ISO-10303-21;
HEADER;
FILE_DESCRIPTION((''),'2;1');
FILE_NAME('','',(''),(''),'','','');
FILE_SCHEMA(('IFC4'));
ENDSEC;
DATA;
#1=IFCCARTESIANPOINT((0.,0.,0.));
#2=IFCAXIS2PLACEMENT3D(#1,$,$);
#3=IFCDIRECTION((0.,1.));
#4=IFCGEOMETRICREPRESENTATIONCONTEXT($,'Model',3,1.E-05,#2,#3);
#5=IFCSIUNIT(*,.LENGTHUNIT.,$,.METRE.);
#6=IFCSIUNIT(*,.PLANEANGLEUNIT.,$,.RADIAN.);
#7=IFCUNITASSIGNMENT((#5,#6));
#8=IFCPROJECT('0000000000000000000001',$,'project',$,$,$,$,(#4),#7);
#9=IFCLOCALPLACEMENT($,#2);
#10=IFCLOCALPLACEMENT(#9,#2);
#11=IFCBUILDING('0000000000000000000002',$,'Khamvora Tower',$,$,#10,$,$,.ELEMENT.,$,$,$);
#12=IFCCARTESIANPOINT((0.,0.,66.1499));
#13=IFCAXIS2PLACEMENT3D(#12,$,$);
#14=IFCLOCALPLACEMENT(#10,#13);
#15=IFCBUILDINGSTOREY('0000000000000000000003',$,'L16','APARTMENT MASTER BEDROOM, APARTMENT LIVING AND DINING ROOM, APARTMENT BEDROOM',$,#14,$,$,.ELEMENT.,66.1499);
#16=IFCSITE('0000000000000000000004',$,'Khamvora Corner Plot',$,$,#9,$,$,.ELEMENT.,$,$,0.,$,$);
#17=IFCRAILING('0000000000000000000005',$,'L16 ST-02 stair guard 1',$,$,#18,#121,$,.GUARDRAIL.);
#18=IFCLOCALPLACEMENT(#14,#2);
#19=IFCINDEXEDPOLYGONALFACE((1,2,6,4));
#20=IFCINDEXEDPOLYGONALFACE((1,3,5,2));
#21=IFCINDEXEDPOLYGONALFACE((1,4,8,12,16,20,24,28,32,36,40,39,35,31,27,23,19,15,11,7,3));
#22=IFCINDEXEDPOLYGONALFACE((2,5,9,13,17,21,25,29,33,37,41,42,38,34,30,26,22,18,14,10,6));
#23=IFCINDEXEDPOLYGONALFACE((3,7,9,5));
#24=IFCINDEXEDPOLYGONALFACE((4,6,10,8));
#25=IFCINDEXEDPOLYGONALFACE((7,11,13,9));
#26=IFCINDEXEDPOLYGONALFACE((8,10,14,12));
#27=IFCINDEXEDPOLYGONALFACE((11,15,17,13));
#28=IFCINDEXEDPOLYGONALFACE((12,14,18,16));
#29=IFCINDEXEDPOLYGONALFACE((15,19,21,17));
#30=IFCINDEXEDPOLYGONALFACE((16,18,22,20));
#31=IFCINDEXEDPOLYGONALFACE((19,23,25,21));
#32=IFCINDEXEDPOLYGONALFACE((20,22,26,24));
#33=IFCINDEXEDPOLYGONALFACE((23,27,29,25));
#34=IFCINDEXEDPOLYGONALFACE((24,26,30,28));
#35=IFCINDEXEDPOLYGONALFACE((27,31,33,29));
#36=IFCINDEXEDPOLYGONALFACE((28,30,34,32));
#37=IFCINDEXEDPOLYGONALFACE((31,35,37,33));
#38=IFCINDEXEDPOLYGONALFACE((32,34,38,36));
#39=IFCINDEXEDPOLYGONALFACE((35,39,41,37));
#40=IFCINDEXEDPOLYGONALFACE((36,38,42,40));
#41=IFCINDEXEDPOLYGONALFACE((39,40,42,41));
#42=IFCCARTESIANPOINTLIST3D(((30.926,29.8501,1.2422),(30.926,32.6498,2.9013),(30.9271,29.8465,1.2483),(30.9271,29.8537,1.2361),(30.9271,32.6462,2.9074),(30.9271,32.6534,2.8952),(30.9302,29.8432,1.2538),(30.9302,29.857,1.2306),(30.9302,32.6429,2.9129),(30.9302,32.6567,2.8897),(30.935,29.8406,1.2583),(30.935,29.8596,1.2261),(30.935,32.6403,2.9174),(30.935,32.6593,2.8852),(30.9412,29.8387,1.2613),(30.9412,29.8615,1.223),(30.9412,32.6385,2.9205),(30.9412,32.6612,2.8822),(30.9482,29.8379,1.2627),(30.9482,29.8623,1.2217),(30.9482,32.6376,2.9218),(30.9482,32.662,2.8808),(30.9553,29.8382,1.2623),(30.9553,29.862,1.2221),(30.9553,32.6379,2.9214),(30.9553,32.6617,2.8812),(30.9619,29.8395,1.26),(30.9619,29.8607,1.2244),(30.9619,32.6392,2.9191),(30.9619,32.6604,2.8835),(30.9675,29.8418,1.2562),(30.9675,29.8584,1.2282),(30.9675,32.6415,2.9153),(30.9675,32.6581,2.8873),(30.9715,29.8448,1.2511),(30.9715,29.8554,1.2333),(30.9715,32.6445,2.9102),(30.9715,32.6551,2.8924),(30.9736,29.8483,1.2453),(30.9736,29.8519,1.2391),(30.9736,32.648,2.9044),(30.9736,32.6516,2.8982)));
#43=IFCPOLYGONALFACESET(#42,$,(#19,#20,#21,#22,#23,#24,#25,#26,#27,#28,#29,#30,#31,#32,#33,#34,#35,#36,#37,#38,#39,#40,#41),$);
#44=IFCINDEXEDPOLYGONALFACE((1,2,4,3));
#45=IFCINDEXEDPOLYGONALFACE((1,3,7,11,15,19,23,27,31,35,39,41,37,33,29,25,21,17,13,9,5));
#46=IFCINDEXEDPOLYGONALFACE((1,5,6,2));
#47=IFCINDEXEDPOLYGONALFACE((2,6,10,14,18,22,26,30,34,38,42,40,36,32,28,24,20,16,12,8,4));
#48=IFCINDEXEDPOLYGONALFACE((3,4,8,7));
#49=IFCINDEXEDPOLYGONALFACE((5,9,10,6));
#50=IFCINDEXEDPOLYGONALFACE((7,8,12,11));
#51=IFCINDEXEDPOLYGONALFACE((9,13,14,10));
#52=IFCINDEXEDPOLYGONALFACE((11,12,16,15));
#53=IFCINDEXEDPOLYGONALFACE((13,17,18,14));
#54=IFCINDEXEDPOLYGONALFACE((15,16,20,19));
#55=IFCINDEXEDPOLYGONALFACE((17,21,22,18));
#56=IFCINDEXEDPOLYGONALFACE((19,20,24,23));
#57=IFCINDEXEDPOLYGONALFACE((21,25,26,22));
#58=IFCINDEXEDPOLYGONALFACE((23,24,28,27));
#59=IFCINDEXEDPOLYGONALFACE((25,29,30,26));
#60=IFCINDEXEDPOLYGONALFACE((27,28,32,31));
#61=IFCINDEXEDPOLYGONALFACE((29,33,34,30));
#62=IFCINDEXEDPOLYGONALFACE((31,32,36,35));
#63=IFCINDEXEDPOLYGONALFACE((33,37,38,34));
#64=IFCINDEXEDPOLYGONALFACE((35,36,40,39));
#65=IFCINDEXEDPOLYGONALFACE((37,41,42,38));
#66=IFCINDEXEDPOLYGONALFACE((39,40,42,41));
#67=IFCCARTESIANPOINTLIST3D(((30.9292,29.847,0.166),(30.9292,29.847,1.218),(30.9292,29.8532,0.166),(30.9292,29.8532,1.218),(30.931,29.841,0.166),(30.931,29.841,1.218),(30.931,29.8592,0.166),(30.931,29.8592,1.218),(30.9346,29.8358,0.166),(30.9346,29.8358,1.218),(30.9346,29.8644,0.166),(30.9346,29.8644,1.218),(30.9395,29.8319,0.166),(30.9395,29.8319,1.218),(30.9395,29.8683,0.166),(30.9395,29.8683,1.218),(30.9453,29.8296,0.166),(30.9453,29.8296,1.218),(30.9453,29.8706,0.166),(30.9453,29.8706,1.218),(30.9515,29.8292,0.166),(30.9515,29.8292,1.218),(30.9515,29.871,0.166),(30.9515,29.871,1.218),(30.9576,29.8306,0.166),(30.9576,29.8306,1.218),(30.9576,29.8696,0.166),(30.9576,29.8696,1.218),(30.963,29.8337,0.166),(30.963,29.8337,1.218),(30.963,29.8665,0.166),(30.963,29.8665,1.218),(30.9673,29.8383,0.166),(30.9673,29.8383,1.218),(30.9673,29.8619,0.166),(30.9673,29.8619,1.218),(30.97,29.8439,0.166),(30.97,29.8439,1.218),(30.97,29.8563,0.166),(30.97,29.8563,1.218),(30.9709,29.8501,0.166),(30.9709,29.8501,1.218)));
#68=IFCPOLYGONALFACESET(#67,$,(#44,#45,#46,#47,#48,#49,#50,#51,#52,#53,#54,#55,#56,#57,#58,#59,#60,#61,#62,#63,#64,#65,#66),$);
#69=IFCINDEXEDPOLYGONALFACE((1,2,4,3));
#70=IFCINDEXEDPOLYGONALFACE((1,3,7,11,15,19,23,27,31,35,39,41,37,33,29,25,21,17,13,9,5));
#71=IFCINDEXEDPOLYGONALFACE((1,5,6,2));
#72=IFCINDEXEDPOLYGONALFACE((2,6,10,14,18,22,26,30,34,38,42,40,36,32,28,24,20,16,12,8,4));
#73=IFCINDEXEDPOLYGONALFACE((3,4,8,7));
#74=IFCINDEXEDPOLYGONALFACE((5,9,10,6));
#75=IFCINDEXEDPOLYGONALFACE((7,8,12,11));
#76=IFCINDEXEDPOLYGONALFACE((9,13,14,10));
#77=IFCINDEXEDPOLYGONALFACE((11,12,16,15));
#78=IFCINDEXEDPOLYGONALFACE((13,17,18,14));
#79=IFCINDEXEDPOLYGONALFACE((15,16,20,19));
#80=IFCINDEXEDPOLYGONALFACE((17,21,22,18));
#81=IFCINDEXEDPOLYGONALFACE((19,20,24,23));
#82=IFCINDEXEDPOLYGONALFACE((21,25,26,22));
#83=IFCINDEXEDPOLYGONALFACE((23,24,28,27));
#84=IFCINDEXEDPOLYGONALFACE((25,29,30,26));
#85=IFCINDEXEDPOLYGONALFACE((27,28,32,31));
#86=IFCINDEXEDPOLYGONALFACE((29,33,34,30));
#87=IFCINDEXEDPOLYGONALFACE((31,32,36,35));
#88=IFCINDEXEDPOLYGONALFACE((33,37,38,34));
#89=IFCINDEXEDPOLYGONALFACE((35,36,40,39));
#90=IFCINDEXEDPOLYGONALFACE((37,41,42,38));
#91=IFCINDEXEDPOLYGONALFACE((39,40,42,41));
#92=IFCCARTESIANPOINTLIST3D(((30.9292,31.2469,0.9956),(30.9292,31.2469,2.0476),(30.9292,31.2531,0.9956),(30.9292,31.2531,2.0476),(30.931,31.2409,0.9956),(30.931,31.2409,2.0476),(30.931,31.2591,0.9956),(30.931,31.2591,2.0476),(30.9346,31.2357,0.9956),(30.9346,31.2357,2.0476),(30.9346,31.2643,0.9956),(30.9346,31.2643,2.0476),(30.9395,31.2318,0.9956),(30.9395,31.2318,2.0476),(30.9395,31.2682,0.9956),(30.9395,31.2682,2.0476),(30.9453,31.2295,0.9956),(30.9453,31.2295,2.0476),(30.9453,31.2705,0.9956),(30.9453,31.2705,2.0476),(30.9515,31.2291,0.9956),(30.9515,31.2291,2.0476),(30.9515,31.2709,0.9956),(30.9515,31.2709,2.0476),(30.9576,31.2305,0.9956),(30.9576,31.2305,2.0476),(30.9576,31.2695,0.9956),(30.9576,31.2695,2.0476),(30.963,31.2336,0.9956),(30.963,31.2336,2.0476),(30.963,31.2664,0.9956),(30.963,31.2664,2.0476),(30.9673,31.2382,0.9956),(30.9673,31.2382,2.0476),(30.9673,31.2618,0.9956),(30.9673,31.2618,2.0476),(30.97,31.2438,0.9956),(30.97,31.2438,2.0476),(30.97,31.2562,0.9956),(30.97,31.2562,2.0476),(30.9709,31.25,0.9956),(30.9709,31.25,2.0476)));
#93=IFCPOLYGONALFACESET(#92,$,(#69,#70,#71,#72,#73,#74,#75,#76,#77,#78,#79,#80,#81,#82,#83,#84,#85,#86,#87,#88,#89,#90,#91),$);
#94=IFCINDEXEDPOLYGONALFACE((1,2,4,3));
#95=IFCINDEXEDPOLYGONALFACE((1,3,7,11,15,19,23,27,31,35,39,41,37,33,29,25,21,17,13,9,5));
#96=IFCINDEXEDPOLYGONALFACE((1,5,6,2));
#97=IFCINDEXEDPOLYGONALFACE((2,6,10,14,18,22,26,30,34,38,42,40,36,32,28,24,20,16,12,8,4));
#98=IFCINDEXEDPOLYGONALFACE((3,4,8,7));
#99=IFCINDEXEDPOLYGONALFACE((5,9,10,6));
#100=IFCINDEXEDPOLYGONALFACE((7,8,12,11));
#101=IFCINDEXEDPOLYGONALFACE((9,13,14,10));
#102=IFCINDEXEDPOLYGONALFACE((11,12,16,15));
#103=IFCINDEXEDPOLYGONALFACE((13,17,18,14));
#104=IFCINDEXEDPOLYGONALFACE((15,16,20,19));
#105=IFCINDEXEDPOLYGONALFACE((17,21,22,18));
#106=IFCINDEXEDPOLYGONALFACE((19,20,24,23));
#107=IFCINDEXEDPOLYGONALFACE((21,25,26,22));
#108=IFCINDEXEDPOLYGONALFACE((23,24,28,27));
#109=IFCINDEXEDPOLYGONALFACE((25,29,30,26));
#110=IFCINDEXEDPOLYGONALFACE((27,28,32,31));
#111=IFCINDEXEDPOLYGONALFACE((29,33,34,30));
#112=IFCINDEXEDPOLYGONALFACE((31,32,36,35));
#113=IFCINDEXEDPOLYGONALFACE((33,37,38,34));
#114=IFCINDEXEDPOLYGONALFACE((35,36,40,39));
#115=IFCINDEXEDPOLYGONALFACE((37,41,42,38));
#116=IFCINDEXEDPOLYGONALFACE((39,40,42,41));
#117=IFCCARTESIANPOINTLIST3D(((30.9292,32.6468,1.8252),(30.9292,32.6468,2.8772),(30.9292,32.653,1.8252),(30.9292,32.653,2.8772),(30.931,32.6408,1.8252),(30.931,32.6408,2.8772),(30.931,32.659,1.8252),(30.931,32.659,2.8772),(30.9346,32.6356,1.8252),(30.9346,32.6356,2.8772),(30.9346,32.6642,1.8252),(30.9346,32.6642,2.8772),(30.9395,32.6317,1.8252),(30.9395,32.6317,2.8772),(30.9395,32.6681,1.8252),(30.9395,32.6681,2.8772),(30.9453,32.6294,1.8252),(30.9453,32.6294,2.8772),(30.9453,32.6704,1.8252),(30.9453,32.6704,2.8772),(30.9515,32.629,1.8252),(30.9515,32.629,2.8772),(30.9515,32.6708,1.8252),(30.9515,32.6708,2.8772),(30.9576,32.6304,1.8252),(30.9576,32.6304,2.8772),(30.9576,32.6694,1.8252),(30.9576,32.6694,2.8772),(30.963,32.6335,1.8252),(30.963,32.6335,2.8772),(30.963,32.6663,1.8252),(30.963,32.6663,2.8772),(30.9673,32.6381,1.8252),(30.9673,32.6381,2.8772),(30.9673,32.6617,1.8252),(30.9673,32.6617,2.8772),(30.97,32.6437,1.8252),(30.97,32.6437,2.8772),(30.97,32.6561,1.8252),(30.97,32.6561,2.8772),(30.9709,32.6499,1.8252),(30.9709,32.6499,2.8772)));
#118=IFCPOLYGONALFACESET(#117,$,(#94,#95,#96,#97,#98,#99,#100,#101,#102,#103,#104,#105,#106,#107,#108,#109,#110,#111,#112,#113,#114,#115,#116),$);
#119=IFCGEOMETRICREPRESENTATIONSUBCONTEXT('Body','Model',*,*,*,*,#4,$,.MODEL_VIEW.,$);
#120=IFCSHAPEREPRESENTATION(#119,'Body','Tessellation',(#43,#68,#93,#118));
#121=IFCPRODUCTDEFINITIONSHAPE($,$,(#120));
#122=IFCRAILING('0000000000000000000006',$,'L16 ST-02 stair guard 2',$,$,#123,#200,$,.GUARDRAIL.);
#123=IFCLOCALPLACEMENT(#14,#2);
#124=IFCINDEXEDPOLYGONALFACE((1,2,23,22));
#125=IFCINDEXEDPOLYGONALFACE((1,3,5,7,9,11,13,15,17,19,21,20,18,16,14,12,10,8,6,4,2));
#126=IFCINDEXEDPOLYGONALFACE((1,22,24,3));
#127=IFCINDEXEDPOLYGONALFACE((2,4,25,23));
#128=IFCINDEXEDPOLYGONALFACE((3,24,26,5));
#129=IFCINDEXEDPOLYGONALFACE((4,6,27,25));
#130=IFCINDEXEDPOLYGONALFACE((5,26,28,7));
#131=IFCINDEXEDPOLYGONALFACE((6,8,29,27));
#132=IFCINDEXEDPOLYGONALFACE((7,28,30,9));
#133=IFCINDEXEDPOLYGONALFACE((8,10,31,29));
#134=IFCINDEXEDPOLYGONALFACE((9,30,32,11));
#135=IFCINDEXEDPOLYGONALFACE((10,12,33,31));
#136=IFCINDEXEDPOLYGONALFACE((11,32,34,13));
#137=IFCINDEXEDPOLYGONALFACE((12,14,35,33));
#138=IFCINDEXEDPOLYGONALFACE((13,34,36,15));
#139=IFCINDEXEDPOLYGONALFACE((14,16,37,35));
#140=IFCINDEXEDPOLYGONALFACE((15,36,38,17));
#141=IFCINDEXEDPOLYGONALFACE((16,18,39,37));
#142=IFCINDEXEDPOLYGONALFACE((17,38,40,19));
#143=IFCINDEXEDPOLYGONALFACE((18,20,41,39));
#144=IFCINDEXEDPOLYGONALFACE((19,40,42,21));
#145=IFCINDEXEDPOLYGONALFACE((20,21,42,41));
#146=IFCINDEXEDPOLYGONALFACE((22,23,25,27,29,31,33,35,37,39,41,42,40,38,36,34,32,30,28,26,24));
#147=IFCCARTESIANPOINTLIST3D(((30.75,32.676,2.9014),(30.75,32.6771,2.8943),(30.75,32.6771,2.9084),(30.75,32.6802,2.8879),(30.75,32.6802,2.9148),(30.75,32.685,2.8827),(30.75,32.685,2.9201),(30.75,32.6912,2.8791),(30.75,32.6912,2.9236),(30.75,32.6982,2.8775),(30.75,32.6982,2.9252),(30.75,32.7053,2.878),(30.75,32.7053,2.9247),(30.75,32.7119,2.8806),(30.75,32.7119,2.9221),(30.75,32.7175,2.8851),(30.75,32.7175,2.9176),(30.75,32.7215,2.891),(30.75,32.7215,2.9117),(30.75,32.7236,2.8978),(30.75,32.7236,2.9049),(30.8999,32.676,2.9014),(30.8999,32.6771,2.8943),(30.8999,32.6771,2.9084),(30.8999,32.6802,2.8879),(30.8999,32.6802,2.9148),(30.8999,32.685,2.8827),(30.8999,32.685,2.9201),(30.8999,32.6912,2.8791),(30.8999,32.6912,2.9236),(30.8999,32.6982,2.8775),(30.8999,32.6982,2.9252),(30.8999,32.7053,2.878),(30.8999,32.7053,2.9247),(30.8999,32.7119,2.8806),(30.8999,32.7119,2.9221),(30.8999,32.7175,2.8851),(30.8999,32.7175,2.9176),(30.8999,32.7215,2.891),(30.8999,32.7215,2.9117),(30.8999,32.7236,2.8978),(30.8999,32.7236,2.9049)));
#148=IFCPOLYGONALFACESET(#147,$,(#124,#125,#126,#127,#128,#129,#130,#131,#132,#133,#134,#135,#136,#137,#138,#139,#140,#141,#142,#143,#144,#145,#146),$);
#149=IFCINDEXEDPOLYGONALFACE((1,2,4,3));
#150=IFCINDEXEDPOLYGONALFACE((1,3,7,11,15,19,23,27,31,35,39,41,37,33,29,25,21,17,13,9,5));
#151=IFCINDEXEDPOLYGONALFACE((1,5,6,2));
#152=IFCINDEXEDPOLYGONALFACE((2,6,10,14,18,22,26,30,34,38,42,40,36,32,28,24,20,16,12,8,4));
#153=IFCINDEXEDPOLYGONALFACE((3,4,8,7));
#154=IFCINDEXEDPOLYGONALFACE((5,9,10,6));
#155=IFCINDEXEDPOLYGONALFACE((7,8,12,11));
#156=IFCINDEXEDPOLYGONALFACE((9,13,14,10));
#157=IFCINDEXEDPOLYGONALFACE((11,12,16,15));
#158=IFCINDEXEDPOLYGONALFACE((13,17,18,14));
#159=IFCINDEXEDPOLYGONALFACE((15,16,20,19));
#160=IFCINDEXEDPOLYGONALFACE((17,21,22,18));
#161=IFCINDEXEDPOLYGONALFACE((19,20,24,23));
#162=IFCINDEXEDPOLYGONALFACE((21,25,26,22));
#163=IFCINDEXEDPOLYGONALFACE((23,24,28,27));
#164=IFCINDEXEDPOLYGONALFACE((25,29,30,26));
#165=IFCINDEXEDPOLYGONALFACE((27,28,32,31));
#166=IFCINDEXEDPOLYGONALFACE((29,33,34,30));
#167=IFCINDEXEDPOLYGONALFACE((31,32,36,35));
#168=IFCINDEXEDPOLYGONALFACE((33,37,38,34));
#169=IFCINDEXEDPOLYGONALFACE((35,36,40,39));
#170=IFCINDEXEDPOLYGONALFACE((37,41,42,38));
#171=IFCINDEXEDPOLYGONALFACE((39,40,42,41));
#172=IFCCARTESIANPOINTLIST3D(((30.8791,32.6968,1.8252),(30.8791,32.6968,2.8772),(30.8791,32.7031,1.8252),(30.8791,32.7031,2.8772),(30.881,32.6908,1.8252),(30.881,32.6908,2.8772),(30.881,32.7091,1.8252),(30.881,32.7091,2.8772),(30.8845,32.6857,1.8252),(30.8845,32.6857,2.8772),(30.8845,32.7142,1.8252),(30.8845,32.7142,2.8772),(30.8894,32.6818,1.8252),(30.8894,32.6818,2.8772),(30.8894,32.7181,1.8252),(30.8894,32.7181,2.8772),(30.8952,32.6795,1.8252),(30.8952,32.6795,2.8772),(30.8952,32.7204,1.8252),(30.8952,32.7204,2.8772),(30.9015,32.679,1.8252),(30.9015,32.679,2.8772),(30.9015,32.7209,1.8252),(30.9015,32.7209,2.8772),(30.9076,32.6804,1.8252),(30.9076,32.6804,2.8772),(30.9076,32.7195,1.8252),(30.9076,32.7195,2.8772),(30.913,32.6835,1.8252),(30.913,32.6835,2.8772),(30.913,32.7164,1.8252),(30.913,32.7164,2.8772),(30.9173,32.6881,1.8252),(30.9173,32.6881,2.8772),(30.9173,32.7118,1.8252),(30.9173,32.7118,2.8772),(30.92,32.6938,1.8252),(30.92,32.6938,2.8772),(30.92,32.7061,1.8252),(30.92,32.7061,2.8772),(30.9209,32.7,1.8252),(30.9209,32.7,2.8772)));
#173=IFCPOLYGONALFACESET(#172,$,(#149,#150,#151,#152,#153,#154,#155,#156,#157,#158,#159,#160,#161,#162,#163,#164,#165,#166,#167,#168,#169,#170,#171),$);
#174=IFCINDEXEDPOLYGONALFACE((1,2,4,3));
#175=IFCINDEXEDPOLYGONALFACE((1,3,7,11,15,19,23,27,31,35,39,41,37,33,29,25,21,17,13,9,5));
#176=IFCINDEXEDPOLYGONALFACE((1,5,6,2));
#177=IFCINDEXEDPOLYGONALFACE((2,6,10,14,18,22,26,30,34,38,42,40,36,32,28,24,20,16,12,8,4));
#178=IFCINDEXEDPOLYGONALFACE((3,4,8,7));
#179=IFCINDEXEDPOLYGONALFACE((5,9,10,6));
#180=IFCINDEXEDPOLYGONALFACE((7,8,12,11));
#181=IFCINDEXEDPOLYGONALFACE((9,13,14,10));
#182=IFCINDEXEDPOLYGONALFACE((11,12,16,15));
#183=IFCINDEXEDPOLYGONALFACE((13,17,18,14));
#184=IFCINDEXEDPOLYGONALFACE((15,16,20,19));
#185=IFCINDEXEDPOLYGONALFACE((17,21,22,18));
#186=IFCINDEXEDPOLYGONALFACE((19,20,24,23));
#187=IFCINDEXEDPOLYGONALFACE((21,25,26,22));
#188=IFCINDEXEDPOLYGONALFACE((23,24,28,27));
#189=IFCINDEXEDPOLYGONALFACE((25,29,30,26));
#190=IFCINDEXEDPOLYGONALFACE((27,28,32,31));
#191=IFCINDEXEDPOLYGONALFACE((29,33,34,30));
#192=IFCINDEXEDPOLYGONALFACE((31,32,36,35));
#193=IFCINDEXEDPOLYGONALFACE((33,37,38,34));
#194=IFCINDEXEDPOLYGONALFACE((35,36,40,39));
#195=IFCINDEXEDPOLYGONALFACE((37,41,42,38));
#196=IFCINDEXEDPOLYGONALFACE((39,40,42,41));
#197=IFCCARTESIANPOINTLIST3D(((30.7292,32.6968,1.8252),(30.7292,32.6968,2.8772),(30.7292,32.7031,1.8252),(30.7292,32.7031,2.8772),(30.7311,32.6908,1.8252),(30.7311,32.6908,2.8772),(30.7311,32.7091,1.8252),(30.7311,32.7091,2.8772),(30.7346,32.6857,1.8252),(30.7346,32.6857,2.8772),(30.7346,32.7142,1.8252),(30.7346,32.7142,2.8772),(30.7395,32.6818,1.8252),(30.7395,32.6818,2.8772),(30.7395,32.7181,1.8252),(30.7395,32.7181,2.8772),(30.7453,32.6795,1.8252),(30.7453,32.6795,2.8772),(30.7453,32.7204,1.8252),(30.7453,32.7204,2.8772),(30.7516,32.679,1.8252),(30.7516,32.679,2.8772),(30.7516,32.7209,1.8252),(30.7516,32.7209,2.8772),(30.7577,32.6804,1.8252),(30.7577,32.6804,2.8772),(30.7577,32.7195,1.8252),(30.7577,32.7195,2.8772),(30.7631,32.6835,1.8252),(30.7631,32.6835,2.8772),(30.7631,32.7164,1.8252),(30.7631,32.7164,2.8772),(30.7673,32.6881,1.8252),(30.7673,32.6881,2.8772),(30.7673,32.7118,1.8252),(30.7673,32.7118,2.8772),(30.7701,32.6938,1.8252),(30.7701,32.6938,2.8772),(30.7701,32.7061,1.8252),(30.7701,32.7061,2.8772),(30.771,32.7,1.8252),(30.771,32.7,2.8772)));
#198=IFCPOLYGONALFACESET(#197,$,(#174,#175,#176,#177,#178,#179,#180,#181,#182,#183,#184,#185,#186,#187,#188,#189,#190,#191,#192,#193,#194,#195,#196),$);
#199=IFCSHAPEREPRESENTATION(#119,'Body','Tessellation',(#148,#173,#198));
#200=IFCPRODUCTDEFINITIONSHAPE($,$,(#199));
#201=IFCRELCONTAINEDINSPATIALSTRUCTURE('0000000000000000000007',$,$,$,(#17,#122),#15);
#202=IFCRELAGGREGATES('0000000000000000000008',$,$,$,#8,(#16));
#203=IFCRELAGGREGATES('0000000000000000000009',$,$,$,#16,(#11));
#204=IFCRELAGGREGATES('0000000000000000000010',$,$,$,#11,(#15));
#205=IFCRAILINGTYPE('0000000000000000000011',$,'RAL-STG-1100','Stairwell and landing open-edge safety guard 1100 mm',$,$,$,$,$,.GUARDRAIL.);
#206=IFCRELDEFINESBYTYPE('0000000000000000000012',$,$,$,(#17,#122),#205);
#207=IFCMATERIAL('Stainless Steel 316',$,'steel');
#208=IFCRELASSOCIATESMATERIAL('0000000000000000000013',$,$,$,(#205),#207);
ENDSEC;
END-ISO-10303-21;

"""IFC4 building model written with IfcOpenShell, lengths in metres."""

from ifc_helpers import new_model, si_unit, direction, frame, origin, origin_2d, place, context, subcontext, project, spatial, circle, extrude, material, type_object, element, save


model = new_model("IFC4")

# Units and contexts
model_context = context("Model", 3, precision=1e-05, world=origin(), true_north=direction((0.0, 1.0)))
body_context = subcontext(model_context, "Body", "Model", "MODEL_VIEW")
ifc_project = project(units=[si_unit("LENGTHUNIT", "METRE"), si_unit("PLANEANGLEUNIT", "RADIAN")], contexts=[model_context])

# Site, building, storey
site_placement = place(None, origin())
site = spatial("IfcSite", under=ifc_project, at=site_placement, Name="Khamvora Corner Plot", CompositionType="ELEMENT", RefElevation=0.0)
building_placement = place(site_placement, origin())
building = spatial("IfcBuilding", under=site, at=building_placement, Name="Khamvora Tower", CompositionType="ELEMENT")
storey_placement = place(building_placement, frame((0.0, 0.0, 66.1499)))
storey = spatial("IfcBuildingStorey", under=building, at=storey_placement, Name="L16", Description="APARTMENT MASTER BEDROOM, APARTMENT LIVING AND DINING ROOM, APARTMENT BEDROOM", CompositionType="ELEMENT", Elevation=66.1499)

# Railings
ifc_material_1 = material(Name="Stainless Steel 316", Category="steel")
railing_type_1 = type_object("IfcRailingType", Name="RAL-STG-1100", Description="Stairwell and landing open-edge safety guard 1100 mm", PredefinedType="GUARDRAIL", material=ifc_material_1)
railing_1_placement = place(storey_placement, frame((30.95, 29.8501, 0.166)))
element("IfcRailing", 1, at=railing_1_placement, inside=storey, type_object=railing_type_1, Name="L16 ST-02 stair guard 1", PredefinedType="GUARDRAIL", context=body_context, shape_type="SweptSolid", body=[
    extrude(circle(Radius=0.0239, at=origin_2d()), frame((0.0, 0.0, 1.0762), z_axis=(0.0, 0.860287, 0.509811), x_axis=(-1.0, 0.0, 0.0)), (0.0, 0.0, 1.0), 3.2544),
    extrude(circle(Radius=0.021, at=origin_2d()), origin(), (0.0, 0.0, 1.0), 1.052),
    extrude(circle(Radius=0.021, at=origin_2d()), frame((0.0, 1.3999, 0.8296)), (0.0, 0.0, 1.0), 1.052),
    extrude(circle(Radius=0.021, at=origin_2d()), frame((0.0, 2.7998, 1.6592)), (0.0, 0.0, 1.0), 1.052),
])
railing_2_placement = place(storey_placement, frame((30.8999, 32.7, 1.8252)))
element("IfcRailing", 2, at=railing_2_placement, inside=storey, type_object=railing_type_1, Name="L16 ST-02 stair guard 2", PredefinedType="GUARDRAIL", context=body_context, shape_type="SweptSolid", body=[
    extrude(circle(Radius=0.0239, at=origin_2d()), frame((0.0, 0.0, 1.0762), z_axis=(-1.0, 0.0, 0.0), x_axis=(0.0, -1.0, 0.0)), (0.0, 0.0, 1.0), 0.1499),
    extrude(circle(Radius=0.021, at=origin_2d()), origin(), (0.0, 0.0, 1.0), 1.052),
    extrude(circle(Radius=0.021, at=origin_2d()), frame((-0.1499, 0.0, 0.0)), (0.0, 0.0, 1.0), 1.052),
])

save(model, "model.ifc")
